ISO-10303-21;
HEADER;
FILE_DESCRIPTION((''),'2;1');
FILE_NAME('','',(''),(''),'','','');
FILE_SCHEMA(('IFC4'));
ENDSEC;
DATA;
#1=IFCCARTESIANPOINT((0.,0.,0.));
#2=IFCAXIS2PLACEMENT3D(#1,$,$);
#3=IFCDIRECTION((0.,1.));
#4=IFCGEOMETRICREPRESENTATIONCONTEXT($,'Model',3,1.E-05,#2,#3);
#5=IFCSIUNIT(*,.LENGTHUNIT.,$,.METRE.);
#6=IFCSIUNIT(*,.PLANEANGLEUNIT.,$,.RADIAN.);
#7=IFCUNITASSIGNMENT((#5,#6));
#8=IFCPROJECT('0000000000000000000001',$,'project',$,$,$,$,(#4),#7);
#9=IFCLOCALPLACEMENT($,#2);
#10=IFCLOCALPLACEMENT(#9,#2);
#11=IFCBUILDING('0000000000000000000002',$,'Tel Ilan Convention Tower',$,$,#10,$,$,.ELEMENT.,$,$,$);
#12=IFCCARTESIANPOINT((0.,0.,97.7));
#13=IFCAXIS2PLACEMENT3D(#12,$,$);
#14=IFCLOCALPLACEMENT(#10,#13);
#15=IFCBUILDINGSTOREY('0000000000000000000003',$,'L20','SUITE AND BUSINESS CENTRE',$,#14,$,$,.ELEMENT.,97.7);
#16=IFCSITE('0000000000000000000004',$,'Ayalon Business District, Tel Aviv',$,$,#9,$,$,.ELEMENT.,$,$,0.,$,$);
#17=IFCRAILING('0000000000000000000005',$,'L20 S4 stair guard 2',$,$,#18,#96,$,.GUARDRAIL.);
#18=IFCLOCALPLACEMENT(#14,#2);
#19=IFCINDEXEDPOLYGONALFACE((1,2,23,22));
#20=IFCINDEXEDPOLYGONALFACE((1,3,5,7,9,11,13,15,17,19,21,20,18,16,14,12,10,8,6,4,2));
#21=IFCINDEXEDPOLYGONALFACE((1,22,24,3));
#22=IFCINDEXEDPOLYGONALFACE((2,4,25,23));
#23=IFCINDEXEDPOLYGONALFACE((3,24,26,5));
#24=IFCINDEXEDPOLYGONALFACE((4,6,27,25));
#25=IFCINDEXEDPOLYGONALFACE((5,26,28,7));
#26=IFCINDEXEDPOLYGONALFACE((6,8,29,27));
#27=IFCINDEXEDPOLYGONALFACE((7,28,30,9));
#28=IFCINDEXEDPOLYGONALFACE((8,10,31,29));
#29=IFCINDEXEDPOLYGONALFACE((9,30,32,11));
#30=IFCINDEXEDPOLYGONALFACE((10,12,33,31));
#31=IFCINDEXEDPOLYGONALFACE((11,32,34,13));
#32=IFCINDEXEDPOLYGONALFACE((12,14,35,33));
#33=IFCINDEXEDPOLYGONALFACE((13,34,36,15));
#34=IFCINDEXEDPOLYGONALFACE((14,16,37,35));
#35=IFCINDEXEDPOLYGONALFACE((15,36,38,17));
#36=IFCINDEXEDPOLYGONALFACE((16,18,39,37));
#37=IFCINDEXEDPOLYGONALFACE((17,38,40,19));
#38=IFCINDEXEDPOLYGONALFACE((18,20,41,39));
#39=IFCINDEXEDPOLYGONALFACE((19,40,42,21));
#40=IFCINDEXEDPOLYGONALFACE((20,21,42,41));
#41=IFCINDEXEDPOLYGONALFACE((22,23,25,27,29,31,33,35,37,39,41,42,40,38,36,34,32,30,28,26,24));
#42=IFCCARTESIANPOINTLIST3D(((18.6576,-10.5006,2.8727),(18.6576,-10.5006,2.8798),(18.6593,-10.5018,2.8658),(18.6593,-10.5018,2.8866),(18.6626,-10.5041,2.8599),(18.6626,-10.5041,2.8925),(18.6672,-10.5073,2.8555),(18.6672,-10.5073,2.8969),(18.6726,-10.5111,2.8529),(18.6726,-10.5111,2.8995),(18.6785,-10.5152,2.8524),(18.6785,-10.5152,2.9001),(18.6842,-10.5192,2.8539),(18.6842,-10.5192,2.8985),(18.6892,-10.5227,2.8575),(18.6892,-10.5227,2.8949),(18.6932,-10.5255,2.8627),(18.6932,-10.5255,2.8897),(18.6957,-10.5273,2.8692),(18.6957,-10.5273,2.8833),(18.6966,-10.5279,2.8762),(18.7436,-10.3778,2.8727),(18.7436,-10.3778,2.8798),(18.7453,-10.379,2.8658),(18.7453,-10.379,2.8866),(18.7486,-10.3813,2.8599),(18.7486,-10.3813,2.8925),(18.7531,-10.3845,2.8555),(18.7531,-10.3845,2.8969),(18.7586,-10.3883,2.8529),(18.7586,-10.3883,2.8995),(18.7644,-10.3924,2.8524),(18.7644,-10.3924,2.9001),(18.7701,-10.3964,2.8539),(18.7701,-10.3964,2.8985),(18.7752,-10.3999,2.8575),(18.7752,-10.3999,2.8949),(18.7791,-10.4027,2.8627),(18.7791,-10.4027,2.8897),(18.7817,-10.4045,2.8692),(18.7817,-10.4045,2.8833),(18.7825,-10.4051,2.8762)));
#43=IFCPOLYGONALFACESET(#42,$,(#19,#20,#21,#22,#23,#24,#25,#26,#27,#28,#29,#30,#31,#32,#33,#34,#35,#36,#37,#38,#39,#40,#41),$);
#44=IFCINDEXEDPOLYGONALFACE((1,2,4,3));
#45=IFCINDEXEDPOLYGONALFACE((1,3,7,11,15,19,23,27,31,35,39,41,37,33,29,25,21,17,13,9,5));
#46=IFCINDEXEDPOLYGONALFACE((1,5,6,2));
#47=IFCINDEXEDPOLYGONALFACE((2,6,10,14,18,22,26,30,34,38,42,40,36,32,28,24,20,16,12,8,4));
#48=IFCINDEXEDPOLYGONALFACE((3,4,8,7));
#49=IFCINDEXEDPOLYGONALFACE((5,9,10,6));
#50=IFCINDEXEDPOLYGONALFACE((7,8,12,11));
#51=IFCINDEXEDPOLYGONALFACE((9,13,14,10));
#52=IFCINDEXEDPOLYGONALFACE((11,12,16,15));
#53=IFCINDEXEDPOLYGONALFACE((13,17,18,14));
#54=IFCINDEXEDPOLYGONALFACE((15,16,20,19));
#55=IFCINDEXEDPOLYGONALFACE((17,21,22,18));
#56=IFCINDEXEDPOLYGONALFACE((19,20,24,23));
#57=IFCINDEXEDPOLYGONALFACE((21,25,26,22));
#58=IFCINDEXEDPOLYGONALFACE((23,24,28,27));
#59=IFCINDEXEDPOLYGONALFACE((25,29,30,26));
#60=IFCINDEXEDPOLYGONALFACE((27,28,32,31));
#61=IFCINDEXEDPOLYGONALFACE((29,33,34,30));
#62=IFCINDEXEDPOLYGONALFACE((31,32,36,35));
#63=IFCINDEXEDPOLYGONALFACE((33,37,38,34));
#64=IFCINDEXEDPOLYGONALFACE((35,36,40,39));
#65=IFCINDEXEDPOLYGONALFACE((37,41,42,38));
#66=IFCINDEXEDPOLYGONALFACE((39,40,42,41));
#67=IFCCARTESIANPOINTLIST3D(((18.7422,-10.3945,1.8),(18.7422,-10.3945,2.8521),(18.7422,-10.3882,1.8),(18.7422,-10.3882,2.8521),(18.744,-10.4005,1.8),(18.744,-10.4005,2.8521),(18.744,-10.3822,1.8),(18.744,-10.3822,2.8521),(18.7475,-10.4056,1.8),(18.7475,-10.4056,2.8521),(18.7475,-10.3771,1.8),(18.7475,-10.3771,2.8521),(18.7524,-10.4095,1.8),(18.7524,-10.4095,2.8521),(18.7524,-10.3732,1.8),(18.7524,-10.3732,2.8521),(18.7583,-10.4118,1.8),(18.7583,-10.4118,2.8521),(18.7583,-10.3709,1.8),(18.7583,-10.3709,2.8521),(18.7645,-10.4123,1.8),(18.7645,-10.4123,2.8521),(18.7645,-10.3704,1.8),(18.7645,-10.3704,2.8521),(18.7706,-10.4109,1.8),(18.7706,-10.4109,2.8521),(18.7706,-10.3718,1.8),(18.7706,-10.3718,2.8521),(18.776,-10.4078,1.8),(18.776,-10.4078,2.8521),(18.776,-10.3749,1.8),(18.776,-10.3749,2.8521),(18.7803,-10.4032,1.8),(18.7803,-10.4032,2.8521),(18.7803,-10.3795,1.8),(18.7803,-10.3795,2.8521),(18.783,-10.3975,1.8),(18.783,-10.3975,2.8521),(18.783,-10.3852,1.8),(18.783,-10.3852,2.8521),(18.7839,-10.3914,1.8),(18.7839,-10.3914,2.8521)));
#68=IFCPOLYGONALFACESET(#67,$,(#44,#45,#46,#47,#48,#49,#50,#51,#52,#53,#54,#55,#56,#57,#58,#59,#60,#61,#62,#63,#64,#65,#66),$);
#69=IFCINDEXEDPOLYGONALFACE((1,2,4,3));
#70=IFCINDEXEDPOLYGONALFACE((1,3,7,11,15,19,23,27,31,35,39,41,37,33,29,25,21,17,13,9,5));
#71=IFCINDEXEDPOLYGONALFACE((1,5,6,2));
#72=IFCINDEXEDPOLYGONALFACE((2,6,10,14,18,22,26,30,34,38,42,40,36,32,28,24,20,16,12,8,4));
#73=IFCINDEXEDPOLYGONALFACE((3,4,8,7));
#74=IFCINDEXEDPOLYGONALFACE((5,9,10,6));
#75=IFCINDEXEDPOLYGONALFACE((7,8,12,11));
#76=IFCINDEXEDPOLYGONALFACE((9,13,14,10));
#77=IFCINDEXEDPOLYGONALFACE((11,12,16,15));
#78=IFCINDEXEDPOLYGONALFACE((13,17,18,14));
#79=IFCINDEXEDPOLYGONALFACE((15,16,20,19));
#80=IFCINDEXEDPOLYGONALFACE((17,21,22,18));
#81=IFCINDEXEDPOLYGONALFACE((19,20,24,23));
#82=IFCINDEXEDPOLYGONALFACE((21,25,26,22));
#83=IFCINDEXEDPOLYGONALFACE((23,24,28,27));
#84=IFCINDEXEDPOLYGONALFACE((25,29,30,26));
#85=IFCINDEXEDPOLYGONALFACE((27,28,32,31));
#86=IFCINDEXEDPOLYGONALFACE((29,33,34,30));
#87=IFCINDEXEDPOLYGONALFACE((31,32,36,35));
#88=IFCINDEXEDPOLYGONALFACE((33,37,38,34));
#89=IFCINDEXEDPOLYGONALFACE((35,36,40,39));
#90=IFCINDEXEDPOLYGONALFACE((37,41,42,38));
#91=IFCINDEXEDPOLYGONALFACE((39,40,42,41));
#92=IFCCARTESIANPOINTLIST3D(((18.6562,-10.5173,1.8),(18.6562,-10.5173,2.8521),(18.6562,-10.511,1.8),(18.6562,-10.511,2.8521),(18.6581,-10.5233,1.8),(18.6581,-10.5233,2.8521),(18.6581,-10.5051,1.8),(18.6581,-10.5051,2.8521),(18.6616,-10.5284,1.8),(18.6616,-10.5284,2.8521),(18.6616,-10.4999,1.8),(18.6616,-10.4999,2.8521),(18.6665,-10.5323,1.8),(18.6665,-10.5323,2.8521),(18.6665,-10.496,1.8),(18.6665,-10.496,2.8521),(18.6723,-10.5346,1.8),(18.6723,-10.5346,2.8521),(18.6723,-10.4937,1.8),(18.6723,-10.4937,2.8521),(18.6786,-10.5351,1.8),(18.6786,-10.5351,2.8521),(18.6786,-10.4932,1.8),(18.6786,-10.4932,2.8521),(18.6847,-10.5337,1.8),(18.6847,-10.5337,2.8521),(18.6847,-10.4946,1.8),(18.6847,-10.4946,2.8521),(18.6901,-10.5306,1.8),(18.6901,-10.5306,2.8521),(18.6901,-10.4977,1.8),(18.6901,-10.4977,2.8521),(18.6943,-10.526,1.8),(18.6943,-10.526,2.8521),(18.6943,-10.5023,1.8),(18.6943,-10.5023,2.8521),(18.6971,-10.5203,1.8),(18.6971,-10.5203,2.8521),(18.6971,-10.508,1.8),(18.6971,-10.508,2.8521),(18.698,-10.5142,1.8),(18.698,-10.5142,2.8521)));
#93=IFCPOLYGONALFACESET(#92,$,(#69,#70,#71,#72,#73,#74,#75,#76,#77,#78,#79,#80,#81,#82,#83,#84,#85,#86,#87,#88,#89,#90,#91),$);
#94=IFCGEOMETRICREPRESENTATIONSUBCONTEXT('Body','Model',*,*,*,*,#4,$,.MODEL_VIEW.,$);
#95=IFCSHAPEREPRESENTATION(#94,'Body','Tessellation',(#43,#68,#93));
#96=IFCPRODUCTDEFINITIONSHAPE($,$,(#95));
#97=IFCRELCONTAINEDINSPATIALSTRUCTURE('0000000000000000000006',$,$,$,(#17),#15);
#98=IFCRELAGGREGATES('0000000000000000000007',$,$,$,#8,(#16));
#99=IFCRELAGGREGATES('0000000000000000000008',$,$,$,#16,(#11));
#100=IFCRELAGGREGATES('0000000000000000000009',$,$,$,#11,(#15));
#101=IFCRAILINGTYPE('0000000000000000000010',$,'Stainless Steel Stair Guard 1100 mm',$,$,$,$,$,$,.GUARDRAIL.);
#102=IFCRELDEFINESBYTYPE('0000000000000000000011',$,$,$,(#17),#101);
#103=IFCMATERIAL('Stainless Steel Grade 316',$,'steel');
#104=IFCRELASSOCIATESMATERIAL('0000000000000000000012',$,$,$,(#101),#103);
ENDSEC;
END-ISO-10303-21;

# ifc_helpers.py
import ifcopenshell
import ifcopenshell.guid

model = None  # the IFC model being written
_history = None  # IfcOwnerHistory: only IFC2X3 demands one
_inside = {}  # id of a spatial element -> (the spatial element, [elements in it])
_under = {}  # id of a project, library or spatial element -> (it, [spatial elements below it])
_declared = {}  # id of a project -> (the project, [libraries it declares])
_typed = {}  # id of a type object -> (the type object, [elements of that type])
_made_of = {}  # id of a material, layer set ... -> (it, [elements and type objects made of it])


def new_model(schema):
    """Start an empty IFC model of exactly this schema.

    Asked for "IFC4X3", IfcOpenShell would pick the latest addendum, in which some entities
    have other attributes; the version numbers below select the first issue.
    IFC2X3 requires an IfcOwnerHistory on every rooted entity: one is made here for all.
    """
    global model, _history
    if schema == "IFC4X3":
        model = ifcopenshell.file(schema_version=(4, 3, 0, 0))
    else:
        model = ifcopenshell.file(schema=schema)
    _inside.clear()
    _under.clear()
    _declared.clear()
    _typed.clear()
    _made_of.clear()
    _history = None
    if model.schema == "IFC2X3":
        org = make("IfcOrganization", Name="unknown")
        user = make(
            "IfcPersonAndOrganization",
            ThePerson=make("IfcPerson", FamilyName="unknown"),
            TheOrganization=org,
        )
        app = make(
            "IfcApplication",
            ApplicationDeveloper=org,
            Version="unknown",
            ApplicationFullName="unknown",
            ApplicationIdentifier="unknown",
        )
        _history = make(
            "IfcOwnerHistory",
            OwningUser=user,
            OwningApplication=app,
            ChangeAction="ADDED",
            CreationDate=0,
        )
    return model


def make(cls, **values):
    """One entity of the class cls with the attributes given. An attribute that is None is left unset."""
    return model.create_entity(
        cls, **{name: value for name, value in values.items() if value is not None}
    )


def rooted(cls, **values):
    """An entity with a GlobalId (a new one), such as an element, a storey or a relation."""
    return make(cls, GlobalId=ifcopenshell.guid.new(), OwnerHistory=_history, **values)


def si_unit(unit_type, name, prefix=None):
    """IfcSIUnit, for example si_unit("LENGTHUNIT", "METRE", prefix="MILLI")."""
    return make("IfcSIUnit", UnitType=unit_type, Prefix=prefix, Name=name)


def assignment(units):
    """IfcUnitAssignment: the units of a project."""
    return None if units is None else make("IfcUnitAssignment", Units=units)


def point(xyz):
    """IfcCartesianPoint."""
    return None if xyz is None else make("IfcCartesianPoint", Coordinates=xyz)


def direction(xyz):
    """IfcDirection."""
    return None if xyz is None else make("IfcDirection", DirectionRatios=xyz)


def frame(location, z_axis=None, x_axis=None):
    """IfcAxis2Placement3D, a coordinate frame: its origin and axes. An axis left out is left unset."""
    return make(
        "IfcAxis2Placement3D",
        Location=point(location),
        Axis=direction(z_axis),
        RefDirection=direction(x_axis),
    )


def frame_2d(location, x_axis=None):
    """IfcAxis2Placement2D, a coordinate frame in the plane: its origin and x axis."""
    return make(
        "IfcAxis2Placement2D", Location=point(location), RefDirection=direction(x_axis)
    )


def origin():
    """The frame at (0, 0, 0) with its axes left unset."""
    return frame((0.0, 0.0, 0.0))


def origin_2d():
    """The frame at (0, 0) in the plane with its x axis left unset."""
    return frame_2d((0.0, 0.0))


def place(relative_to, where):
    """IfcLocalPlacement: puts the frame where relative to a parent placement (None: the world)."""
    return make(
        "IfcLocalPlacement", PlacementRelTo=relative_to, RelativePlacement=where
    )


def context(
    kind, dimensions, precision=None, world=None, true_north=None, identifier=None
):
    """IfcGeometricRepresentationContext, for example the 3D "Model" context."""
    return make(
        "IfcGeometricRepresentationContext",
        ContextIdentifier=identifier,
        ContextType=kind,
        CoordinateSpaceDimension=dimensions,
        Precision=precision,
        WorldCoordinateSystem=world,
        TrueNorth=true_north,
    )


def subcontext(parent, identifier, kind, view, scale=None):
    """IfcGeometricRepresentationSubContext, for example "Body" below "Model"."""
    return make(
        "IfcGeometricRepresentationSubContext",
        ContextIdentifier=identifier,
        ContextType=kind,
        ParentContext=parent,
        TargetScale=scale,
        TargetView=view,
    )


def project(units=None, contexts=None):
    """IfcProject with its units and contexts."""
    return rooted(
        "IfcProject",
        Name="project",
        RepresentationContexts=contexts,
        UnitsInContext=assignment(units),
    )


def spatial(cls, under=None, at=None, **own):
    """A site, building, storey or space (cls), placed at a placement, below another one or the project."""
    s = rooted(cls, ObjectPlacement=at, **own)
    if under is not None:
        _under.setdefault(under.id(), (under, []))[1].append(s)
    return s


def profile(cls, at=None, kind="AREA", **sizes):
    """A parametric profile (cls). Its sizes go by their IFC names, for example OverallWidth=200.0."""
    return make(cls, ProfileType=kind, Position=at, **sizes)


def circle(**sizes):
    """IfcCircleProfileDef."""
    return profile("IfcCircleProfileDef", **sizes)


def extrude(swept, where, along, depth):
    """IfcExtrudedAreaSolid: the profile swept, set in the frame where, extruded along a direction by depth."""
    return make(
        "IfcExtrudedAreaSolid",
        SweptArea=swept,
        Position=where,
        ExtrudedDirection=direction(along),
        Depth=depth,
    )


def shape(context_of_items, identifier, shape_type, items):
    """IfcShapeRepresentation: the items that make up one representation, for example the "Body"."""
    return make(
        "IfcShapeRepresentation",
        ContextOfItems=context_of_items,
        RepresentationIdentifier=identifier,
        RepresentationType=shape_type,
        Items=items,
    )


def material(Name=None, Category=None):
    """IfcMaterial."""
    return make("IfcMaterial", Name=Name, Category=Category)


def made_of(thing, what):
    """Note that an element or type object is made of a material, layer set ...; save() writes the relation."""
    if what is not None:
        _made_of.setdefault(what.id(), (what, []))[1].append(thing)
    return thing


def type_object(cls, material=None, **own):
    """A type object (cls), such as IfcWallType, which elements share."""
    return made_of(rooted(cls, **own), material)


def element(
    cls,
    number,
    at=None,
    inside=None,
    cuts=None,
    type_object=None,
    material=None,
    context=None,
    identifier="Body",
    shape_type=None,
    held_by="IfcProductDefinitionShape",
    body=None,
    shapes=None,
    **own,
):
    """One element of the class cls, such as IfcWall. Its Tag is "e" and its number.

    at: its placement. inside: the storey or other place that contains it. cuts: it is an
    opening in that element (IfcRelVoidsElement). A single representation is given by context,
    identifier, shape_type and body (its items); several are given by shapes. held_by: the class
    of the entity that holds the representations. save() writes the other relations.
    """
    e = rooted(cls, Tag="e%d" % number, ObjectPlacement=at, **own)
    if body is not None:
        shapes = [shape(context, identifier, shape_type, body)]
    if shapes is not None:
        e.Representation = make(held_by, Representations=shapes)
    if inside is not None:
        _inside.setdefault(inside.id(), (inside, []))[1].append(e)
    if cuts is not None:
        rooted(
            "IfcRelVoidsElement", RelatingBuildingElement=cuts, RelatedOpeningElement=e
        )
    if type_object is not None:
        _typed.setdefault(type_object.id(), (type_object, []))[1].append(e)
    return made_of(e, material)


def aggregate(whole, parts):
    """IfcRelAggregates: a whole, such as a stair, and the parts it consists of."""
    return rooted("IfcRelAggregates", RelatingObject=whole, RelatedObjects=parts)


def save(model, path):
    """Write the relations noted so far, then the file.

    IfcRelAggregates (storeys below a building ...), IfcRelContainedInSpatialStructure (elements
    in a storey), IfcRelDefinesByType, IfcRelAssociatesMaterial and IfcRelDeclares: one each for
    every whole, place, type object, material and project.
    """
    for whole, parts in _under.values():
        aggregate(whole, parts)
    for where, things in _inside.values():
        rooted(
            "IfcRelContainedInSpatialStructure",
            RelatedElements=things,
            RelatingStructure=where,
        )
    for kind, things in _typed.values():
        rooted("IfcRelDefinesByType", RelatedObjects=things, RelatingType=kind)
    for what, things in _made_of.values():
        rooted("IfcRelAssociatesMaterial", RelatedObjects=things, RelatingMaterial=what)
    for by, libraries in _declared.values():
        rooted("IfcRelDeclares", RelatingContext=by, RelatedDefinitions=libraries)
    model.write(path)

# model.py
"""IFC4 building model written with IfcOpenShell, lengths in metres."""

from ifc_helpers import new_model, si_unit, direction, frame, origin, origin_2d, place, context, subcontext, project, spatial, circle, extrude, material, type_object, element, save


model = new_model("IFC4")

# Units and contexts
model_context = context("Model", 3, precision=1e-05, world=origin(), true_north=direction((0.0, 1.0)))
body_context = subcontext(model_context, "Body", "Model", "MODEL_VIEW")
ifc_project = project(units=[si_unit("LENGTHUNIT", "METRE"), si_unit("PLANEANGLEUNIT", "RADIAN")], contexts=[model_context])

# Site, building, storey
site_placement = place(None, origin())
site = spatial("IfcSite", under=ifc_project, at=site_placement, Name="Ayalon Business District, Tel Aviv", CompositionType="ELEMENT", RefElevation=0.0)
building_placement = place(site_placement, origin())
building = spatial("IfcBuilding", under=site, at=building_placement, Name="Tel Ilan Convention Tower", CompositionType="ELEMENT")
storey_placement = place(building_placement, frame((0.0, 0.0, 97.7)))
storey = spatial("IfcBuildingStorey", under=building, at=storey_placement, Name="L20", Description="SUITE AND BUSINESS CENTRE", CompositionType="ELEMENT", Elevation=97.7)

# Railing
ifc_material_1 = material(Name="Stainless Steel Grade 316", Category="steel")
railing_type_1 = type_object("IfcRailingType", Name="Stainless Steel Stair Guard 1100 mm", PredefinedType="GUARDRAIL", material=ifc_material_1)
railing_1_placement = place(storey_placement, frame((18.7629, -10.3914, 1.8)))
element("IfcRailing", 1, at=railing_1_placement, inside=storey, type_object=railing_type_1, Name="L20 S4 stair guard 2", PredefinedType="GUARDRAIL", context=body_context, shape_type="SweptSolid", body=[
    extrude(circle(Radius=0.0239, at=origin_2d()), frame((0.0, 0.0, 1.0762), z_axis=(-0.573353, -0.819308, 0.0), x_axis=(0.819308, -0.573353, 0.0)), (0.0, 0.0, 1.0), 0.1499),
    extrude(circle(Radius=0.021, at=origin_2d()), origin(), (0.0, 0.0, 1.0), 1.052),
    extrude(circle(Radius=0.021, at=origin_2d()), frame((-0.0859, -0.1228, 0.0)), (0.0, 0.0, 1.0), 1.052),
])

save(model, "model.ifc")
